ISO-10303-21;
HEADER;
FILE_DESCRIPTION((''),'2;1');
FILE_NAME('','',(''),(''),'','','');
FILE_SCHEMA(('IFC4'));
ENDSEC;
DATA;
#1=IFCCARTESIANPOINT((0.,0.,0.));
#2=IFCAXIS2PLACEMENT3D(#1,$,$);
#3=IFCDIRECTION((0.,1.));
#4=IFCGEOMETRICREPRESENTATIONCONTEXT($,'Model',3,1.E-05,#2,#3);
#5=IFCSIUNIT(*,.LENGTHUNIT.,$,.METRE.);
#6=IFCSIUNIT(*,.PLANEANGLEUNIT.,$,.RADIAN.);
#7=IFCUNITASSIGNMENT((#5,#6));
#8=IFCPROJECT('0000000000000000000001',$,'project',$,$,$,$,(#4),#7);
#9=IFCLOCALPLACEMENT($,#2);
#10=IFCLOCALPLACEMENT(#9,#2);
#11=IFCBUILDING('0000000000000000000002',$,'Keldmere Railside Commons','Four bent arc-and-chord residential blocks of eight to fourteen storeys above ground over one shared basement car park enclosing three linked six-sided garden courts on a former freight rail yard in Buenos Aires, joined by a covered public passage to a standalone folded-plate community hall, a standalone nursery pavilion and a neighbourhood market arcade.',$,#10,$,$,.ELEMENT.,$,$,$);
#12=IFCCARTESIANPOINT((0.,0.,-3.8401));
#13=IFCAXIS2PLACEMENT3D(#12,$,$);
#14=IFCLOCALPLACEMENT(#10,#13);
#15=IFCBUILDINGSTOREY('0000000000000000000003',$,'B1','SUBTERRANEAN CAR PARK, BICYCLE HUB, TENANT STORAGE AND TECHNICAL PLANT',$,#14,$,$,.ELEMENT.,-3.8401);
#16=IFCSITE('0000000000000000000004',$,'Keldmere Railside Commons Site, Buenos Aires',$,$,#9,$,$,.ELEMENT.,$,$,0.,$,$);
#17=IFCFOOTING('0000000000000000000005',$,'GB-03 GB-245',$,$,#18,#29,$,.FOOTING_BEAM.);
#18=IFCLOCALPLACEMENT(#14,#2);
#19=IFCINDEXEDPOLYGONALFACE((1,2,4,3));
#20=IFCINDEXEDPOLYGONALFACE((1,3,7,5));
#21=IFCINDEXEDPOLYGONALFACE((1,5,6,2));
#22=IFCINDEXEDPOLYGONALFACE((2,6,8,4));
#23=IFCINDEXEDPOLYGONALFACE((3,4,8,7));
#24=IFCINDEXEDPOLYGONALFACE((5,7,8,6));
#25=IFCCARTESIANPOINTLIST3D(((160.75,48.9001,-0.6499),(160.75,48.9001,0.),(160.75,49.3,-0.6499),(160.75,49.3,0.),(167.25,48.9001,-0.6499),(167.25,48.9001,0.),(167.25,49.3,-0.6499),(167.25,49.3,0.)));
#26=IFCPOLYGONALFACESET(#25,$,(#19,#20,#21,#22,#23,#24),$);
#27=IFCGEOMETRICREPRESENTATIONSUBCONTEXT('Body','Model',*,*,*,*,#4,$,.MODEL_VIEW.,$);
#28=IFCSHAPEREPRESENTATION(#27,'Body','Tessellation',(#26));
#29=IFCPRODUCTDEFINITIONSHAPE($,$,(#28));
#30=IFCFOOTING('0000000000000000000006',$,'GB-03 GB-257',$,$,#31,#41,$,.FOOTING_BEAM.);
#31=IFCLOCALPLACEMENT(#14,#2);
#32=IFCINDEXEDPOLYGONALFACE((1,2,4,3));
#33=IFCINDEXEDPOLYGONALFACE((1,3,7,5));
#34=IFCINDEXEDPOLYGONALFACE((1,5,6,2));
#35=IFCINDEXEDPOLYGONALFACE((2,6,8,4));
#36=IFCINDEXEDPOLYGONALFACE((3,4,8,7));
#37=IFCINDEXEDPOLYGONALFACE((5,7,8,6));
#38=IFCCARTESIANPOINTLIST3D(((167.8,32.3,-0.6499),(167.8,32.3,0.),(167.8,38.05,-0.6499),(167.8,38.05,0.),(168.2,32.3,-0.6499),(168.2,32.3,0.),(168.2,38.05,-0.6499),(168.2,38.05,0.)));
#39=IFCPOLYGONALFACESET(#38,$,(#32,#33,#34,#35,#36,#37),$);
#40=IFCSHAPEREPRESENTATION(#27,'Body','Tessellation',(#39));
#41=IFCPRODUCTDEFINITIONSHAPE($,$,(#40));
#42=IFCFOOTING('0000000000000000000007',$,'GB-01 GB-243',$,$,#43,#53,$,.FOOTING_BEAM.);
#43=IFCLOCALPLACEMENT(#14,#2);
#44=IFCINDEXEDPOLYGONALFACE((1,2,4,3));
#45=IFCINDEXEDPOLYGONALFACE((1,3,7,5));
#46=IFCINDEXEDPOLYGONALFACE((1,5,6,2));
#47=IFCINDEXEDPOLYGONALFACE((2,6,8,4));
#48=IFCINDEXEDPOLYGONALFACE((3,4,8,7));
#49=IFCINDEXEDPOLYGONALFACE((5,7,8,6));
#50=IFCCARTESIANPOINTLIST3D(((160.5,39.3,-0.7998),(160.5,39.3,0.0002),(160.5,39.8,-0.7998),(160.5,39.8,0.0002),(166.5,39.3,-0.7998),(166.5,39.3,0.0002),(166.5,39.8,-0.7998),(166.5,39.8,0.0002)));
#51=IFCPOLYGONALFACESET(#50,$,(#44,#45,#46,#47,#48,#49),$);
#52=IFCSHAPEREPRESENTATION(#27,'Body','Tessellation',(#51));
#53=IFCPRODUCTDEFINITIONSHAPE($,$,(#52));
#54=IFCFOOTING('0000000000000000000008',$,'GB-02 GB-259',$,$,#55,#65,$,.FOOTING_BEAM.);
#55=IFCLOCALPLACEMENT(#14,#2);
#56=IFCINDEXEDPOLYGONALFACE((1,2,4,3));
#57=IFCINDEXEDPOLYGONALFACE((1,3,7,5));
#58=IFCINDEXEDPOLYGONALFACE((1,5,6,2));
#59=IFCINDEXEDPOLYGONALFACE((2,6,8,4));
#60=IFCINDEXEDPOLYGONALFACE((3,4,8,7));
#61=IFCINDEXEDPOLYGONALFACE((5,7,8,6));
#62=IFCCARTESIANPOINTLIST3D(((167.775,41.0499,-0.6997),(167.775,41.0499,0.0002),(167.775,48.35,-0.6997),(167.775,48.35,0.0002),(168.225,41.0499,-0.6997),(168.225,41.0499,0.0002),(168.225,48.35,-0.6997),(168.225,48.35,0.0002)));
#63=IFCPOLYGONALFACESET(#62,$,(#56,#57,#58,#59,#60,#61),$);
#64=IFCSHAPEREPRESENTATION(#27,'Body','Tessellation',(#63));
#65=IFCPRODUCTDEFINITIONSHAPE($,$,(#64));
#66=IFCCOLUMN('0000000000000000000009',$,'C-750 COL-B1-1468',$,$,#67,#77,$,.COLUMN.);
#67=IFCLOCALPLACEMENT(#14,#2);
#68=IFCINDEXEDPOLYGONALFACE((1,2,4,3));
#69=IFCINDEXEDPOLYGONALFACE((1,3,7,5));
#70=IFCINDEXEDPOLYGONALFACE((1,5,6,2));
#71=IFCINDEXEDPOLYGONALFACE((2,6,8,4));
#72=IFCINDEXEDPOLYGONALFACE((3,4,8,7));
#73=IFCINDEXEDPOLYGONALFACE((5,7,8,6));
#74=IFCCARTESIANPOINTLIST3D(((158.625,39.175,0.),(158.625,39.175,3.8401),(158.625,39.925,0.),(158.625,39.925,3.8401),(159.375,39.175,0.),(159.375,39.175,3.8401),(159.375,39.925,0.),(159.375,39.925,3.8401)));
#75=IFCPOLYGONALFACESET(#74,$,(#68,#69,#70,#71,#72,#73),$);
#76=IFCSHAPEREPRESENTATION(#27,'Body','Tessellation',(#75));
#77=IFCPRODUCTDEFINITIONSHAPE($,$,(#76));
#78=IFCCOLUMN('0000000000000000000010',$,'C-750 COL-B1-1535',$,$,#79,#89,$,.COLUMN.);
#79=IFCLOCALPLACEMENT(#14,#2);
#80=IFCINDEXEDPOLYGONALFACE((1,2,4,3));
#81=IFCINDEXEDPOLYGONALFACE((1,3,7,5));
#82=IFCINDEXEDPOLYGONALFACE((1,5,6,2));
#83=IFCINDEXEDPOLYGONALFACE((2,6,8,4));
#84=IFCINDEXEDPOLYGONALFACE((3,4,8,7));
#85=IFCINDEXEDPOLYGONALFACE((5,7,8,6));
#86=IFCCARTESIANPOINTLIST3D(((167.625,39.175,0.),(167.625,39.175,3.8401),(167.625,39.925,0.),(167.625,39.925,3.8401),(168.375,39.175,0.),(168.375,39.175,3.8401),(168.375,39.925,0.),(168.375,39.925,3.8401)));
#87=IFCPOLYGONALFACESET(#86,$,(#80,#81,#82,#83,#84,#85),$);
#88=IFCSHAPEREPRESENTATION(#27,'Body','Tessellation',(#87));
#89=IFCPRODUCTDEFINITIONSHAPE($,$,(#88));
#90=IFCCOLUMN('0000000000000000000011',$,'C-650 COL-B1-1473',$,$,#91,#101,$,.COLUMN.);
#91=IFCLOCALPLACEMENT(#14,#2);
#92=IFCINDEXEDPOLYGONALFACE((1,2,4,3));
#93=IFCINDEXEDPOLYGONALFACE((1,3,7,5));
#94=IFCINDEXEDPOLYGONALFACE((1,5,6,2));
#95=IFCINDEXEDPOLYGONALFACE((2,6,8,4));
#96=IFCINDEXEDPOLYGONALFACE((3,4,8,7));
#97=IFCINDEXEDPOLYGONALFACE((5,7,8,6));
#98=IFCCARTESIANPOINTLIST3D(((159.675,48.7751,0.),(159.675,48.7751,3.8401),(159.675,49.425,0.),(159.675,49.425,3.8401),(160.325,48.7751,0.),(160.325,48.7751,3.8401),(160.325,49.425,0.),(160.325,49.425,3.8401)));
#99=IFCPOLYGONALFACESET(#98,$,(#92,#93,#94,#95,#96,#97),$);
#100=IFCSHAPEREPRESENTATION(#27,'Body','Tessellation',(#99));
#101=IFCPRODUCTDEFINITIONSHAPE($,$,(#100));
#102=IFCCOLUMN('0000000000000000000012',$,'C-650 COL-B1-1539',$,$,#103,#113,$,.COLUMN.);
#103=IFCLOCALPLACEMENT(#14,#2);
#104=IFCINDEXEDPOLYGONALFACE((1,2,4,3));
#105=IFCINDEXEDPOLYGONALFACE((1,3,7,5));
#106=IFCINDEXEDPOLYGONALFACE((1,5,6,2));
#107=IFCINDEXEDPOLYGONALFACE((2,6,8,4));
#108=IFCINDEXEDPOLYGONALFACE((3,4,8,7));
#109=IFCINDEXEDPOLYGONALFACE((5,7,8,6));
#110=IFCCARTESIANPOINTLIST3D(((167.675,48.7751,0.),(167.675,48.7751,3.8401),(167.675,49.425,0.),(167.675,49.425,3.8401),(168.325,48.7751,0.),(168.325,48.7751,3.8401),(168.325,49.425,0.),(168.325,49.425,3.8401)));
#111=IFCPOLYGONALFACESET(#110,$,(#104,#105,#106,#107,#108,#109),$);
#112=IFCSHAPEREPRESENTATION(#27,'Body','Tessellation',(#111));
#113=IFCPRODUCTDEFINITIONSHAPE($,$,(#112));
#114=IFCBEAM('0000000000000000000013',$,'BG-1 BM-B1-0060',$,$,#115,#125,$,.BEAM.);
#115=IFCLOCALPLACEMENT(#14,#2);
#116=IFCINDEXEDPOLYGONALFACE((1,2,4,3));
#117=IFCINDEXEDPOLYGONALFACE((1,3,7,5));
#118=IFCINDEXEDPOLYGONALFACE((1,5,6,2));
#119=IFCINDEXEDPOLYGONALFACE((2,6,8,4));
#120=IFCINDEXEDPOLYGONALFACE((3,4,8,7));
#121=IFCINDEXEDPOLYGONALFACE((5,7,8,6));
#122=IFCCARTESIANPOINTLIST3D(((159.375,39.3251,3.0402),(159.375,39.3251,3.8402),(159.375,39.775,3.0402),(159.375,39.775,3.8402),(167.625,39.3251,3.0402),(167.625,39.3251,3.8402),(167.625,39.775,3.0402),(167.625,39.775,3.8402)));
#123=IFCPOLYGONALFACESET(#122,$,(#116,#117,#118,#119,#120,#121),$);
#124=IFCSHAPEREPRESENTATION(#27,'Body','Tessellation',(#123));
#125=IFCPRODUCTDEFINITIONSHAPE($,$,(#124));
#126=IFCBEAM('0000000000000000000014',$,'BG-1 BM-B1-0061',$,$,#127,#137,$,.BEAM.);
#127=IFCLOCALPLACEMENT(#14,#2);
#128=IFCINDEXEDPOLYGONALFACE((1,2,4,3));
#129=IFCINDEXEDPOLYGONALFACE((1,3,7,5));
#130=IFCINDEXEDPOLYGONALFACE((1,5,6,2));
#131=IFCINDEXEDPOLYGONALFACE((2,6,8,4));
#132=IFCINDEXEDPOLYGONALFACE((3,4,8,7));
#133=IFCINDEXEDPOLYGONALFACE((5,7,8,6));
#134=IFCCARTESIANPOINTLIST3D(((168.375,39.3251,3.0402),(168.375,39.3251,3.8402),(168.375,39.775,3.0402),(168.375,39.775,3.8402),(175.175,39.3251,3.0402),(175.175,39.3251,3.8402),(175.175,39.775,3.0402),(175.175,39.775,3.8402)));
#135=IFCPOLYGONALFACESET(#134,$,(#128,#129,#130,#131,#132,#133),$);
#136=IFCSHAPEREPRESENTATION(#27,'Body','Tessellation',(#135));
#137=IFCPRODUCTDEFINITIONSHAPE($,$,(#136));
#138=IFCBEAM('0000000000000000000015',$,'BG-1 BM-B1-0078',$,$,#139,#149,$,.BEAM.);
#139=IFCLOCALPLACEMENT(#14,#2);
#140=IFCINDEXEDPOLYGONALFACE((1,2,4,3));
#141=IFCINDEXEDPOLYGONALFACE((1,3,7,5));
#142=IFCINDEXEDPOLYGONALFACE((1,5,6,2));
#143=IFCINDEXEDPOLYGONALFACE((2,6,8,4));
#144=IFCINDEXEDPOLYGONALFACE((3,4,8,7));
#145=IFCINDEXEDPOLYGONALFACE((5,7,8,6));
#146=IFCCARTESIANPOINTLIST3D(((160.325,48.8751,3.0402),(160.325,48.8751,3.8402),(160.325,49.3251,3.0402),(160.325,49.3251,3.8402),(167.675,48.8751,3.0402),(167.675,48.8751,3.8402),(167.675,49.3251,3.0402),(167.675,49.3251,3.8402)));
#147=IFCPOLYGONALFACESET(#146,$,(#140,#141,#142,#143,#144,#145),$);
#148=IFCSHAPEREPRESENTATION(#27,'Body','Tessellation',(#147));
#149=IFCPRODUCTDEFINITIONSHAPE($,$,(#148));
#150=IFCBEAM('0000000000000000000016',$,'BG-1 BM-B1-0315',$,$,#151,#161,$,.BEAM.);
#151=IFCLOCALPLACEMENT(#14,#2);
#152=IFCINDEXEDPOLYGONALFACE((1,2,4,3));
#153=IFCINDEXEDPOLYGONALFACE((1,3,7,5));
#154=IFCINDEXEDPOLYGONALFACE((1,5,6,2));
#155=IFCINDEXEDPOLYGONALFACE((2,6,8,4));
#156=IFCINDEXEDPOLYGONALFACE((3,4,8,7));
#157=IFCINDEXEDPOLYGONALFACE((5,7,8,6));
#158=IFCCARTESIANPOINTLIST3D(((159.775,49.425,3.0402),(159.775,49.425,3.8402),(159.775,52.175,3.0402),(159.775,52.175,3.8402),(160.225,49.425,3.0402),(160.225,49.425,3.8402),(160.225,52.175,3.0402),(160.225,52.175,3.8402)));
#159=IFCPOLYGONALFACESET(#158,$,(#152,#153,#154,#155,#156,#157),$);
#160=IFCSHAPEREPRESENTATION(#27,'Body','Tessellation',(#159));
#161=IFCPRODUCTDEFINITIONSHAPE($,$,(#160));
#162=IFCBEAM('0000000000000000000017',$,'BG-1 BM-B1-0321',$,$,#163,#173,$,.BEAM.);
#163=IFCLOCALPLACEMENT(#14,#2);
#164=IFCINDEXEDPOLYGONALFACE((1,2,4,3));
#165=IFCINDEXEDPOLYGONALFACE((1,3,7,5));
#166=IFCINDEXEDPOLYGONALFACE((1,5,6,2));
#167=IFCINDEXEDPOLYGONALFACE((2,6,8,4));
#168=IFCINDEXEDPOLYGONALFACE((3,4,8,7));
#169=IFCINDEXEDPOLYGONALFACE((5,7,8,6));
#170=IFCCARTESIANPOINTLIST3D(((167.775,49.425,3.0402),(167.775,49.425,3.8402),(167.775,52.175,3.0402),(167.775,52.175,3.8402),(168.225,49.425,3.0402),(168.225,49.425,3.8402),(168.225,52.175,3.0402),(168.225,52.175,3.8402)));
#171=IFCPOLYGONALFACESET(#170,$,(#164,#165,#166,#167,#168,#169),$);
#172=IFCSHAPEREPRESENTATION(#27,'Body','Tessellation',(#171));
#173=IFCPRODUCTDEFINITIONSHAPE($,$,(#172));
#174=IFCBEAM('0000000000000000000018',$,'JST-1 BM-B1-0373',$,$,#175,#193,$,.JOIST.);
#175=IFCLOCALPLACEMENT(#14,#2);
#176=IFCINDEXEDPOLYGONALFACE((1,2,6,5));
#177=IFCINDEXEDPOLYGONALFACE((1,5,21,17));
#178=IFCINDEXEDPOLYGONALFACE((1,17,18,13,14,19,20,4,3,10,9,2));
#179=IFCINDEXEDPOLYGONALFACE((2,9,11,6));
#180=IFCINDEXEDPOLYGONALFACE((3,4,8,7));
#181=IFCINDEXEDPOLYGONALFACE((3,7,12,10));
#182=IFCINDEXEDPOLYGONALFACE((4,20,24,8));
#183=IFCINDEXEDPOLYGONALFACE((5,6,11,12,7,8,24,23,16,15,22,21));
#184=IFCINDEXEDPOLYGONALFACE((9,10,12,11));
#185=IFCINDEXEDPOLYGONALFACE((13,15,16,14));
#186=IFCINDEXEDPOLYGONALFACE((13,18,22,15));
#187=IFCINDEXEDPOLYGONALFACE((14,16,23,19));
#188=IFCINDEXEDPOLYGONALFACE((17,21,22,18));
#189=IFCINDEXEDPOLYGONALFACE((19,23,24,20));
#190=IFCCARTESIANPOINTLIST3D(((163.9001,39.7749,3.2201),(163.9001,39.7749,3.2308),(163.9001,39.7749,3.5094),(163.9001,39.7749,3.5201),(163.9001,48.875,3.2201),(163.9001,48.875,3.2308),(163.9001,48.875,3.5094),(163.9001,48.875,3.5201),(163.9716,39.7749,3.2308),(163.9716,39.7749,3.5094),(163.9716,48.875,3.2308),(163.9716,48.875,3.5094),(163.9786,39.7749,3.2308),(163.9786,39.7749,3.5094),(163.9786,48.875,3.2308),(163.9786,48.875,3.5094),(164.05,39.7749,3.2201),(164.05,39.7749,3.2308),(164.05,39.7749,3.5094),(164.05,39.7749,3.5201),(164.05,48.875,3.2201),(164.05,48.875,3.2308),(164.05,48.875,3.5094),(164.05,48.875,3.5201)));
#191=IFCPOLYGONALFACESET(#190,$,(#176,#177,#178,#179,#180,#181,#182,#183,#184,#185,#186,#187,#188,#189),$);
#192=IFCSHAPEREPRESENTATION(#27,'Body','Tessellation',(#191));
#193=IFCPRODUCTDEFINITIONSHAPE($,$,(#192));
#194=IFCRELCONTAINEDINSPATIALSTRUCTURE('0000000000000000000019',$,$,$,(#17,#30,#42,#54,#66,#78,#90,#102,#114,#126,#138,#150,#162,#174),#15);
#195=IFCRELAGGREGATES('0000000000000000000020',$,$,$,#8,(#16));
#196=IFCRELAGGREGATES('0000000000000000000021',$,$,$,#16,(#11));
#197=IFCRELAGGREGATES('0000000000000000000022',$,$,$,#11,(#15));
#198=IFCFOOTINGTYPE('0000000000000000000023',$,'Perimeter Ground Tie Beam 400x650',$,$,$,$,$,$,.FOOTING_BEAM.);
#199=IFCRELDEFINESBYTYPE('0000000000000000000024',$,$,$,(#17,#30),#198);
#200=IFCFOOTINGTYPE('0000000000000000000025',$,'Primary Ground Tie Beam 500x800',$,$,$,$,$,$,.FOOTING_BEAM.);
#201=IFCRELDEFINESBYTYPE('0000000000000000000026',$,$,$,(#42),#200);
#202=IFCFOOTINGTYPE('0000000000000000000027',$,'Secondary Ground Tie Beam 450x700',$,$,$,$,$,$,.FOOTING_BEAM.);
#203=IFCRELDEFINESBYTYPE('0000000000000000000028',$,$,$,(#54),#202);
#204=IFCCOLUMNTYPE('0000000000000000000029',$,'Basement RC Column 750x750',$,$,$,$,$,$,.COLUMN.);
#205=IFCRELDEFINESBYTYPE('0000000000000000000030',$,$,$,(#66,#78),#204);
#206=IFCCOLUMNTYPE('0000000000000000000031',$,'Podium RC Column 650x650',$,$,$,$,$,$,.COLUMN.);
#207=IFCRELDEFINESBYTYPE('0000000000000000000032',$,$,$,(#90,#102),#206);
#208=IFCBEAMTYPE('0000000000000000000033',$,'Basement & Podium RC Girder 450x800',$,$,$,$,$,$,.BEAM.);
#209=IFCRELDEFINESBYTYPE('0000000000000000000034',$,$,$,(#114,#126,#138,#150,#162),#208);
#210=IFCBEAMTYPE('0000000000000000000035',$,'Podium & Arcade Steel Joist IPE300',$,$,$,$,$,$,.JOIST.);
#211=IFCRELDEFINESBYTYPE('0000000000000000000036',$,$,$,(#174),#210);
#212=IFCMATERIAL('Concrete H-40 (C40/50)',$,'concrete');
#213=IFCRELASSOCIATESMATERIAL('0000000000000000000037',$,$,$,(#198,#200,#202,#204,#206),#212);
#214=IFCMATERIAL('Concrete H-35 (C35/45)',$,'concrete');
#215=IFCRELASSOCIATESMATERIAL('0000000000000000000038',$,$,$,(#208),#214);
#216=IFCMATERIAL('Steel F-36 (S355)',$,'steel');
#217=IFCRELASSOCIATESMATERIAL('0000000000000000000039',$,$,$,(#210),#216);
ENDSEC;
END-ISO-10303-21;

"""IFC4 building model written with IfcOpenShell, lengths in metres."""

from ifc_helpers import new_model, si_unit, direction, frame, origin, origin_2d, place, context, subcontext, project, spatial, rectangle, i_section, extrude, material, material_profile, profile_set, type_object, element, save


model = new_model("IFC4")

# Units and contexts
model_context = context("Model", 3, precision=1e-05, world=origin(), true_north=direction((0.0, 1.0)))
body_context = subcontext(model_context, "Body", "Model", "MODEL_VIEW")
ifc_project = project(units=[si_unit("LENGTHUNIT", "METRE"), si_unit("PLANEANGLEUNIT", "RADIAN")], contexts=[model_context])

# Site, building, storey
site_placement = place(None, origin())
site = spatial("IfcSite", under=ifc_project, at=site_placement, Name="Keldmere Railside Commons Site, Buenos Aires", CompositionType="ELEMENT", RefElevation=0.0)
building_placement = place(site_placement, origin())
building = spatial("IfcBuilding", under=site, at=building_placement, Name="Keldmere Railside Commons", Description="Four bent arc-and-chord residential blocks of eight to fourteen storeys above ground over one shared basement car park enclosing three linked six-sided garden courts on a former freight rail yard in Buenos Aires, joined by a covered public passage to a standalone folded-plate community hall, a standalone nursery pavilion and a neighbourhood market arcade.", CompositionType="ELEMENT")
storey_placement = place(building_placement, frame((0.0, 0.0, -3.8401)))
storey = spatial("IfcBuildingStorey", under=building, at=storey_placement, Name="B1", Description="SUBTERRANEAN CAR PARK, BICYCLE HUB, TENANT STORAGE AND TECHNICAL PLANT", CompositionType="ELEMENT", Elevation=-3.8401)

# Footings
ifc_material_1 = material(Name="Concrete H-40 (C40/50)", Category="concrete")
footing_type_1 = type_object("IfcFootingType", Name="Perimeter Ground Tie Beam 400x650", PredefinedType="FOOTING_BEAM", material=ifc_material_1)
footing_1_placement = place(storey_placement, frame((164.0, 49.1001, -0.6499), z_axis=(0.0, 0.0, 1.0), x_axis=(1.0, 0.0, 0.0)))
element("IfcFooting", 1, at=footing_1_placement, inside=storey, type_object=footing_type_1, Name="GB-03 GB-245", PredefinedType="FOOTING_BEAM", context=body_context, shape_type="SweptSolid", body=[
    extrude(rectangle(XDim=6.5, YDim=0.3999, at=origin_2d()), origin(), (0.0, 0.0, 1.0), 0.6499),
])
footing_2_placement = place(storey_placement, frame((168.0, 35.175, -0.6499), z_axis=(0.0, 0.0, 1.0), x_axis=(0.0, 1.0, 0.0)))
element("IfcFooting", 2, at=footing_2_placement, inside=storey, type_object=footing_type_1, Name="GB-03 GB-257", PredefinedType="FOOTING_BEAM", context=body_context, shape_type="SweptSolid", body=[
    extrude(rectangle(XDim=5.75, YDim=0.3999, at=origin_2d()), origin(), (0.0, 0.0, 1.0), 0.6499),
])
footing_type_2 = type_object("IfcFootingType", Name="Primary Ground Tie Beam 500x800", PredefinedType="FOOTING_BEAM", material=ifc_material_1)
footing_3_placement = place(storey_placement, frame((163.5, 39.55, -0.7998), z_axis=(0.0, 0.0, 1.0), x_axis=(1.0, 0.0, 0.0)))
element("IfcFooting", 3, at=footing_3_placement, inside=storey, type_object=footing_type_2, Name="GB-01 GB-243", PredefinedType="FOOTING_BEAM", context=body_context, shape_type="SweptSolid", body=[
    extrude(rectangle(XDim=6.0, YDim=0.5, at=origin_2d()), origin(), (0.0, 0.0, 1.0), 0.8),
])
footing_type_3 = type_object("IfcFootingType", Name="Secondary Ground Tie Beam 450x700", PredefinedType="FOOTING_BEAM", material=ifc_material_1)
footing_4_placement = place(storey_placement, frame((168.0, 44.7, -0.6997), z_axis=(0.0, 0.0, 1.0), x_axis=(0.0, 1.0, 0.0)))
element("IfcFooting", 4, at=footing_4_placement, inside=storey, type_object=footing_type_3, Name="GB-02 GB-259", PredefinedType="FOOTING_BEAM", context=body_context, shape_type="SweptSolid", body=[
    extrude(rectangle(XDim=7.3, YDim=0.45, at=origin_2d()), origin(), (0.0, 0.0, 1.0), 0.7),
])

# Columns
ifc_material_profile_1 = material_profile(ifc_material_1, rectangle(XDim=0.75, YDim=0.75, at=origin_2d()), Name="RC-750x750")
ifc_profile_set_1 = profile_set([ifc_material_profile_1], Name="Concrete H-40 (C40/50)")
column_type_1 = type_object("IfcColumnType", Name="Basement RC Column 750x750", PredefinedType="COLUMN", material=ifc_profile_set_1)
for number, where, z_axis, x_axis, name in (
    (5, (159.0, 39.55, 0.0), (0.0, 0.0, 1.0), (1.0, 0.0, 0.0), "C-750 COL-B1-1468"),
    (6, (168.0, 39.55, 0.0), (0.0, 0.0, 1.0), (1.0, 0.0, 0.0), "C-750 COL-B1-1535"),
):
    element("IfcColumn", number, at=place(storey_placement, frame(where, z_axis=z_axis, x_axis=x_axis)), inside=storey, type_object=column_type_1, Name=name, PredefinedType="COLUMN", context=body_context, shape_type="SweptSolid", body=[
        extrude(rectangle(XDim=0.75, YDim=0.75, at=origin_2d()), origin(), (0.0, 0.0, 1.0), 3.8401),
    ])
ifc_material_profile_2 = material_profile(ifc_material_1, rectangle(XDim=0.6499, YDim=0.6499, at=origin_2d()), Name="RC-650x650")
ifc_profile_set_2 = profile_set([ifc_material_profile_2], Name="Concrete H-40 (C40/50)")
column_type_2 = type_object("IfcColumnType", Name="Podium RC Column 650x650", PredefinedType="COLUMN", material=ifc_profile_set_2)
for number, where, z_axis, x_axis, name in (
    (7, (160.0, 49.1001, 0.0), (0.0, 0.0, 1.0), (1.0, 0.0, 0.0), "C-650 COL-B1-1473"),
    (8, (168.0, 49.1001, 0.0), (0.0, 0.0, 1.0), (1.0, 0.0, 0.0), "C-650 COL-B1-1539"),
):
    element("IfcColumn", number, at=place(storey_placement, frame(where, z_axis=z_axis, x_axis=x_axis)), inside=storey, type_object=column_type_2, Name=name, PredefinedType="COLUMN", context=body_context, shape_type="SweptSolid", body=[
        extrude(rectangle(XDim=0.6499, YDim=0.6499, at=origin_2d()), origin(), (0.0, 0.0, 1.0), 3.8401),
    ])

# Beams
ifc_material_2 = material(Name="Concrete H-35 (C35/45)", Category="concrete")
ifc_material_profile_3 = material_profile(ifc_material_2, rectangle(XDim=0.45, YDim=0.8, at=origin_2d()), Name="RC-450x800")
ifc_profile_set_3 = profile_set([ifc_material_profile_3], Name="Concrete H-35 (C35/45)")
beam_type_1 = type_object("IfcBeamType", Name="Basement & Podium RC Girder 450x800", PredefinedType="BEAM", material=ifc_profile_set_3)
beam_1_placement = place(storey_placement, frame((159.375, 39.55, 3.4402), z_axis=(1.0, 0.0, 0.0), x_axis=(0.0, 1.0, 0.0)))
element("IfcBeam", 9, at=beam_1_placement, inside=storey, type_object=beam_type_1, Name="BG-1 BM-B1-0060", PredefinedType="BEAM", context=body_context, shape_type="SweptSolid", body=[
    extrude(rectangle(XDim=0.45, YDim=0.8, at=origin_2d()), origin(), (0.0, 0.0, 1.0), 8.25),
])
beam_2_placement = place(storey_placement, frame((168.375, 39.55, 3.4402), z_axis=(1.0, 0.0, 0.0), x_axis=(0.0, 1.0, 0.0)))
element("IfcBeam", 10, at=beam_2_placement, inside=storey, type_object=beam_type_1, Name="BG-1 BM-B1-0061", PredefinedType="BEAM", context=body_context, shape_type="SweptSolid", body=[
    extrude(rectangle(XDim=0.45, YDim=0.8, at=origin_2d()), origin(), (0.0, 0.0, 1.0), 6.8),
])
beam_3_placement = place(storey_placement, frame((160.325, 49.1001, 3.4402), z_axis=(1.0, 0.0, 0.0), x_axis=(0.0, 1.0, 0.0)))
element("IfcBeam", 11, at=beam_3_placement, inside=storey, type_object=beam_type_1, Name="BG-1 BM-B1-0078", PredefinedType="BEAM", context=body_context, shape_type="SweptSolid", body=[
    extrude(rectangle(XDim=0.45, YDim=0.8, at=origin_2d()), origin(), (0.0, 0.0, 1.0), 7.3501),
])
for number, where, z_axis, x_axis, name in (
    (12, (160.0, 49.425, 3.4402), (0.0, 1.0, 0.0), (-1.0, 0.0, 0.0), "BG-1 BM-B1-0315"),
    (13, (168.0, 49.425, 3.4402), (0.0, 1.0, 0.0), (-1.0, 0.0, 0.0), "BG-1 BM-B1-0321"),
):
    element("IfcBeam", number, at=place(storey_placement, frame(where, z_axis=z_axis, x_axis=x_axis)), inside=storey, type_object=beam_type_1, Name=name, PredefinedType="BEAM", context=body_context, shape_type="SweptSolid", body=[
        extrude(rectangle(XDim=0.45, YDim=0.8, at=origin_2d()), origin(), (0.0, 0.0, 1.0), 2.75),
    ])
ifc_material_3 = material(Name="Steel F-36 (S355)", Category="steel")
ifc_material_profile_4 = material_profile(ifc_material_3, i_section(OverallWidth=0.1499, OverallDepth=0.3, WebThickness=0.0071, FlangeThickness=0.0107, at=origin_2d()), Name="IPE-300")
ifc_profile_set_4 = profile_set([ifc_material_profile_4], Name="Steel F-36 (S355)")
beam_type_2 = type_object("IfcBeamType", Name="Podium & Arcade Steel Joist IPE300", PredefinedType="JOIST", material=ifc_profile_set_4)
beam_4_placement = place(storey_placement, frame((163.9751, 39.7749, 3.3701), z_axis=(0.0, 1.0, 0.0), x_axis=(-1.0, 0.0, 0.0)))
element("IfcBeam", 14, at=beam_4_placement, inside=storey, type_object=beam_type_2, Name="JST-1 BM-B1-0373", PredefinedType="JOIST", context=body_context, shape_type="SweptSolid", body=[
    extrude(i_section(OverallWidth=0.1499, OverallDepth=0.3, WebThickness=0.0071, FlangeThickness=0.0107, at=origin_2d()), origin(), (0.0, 0.0, 1.0), 9.1001),
])

save(model, "model.ifc")
